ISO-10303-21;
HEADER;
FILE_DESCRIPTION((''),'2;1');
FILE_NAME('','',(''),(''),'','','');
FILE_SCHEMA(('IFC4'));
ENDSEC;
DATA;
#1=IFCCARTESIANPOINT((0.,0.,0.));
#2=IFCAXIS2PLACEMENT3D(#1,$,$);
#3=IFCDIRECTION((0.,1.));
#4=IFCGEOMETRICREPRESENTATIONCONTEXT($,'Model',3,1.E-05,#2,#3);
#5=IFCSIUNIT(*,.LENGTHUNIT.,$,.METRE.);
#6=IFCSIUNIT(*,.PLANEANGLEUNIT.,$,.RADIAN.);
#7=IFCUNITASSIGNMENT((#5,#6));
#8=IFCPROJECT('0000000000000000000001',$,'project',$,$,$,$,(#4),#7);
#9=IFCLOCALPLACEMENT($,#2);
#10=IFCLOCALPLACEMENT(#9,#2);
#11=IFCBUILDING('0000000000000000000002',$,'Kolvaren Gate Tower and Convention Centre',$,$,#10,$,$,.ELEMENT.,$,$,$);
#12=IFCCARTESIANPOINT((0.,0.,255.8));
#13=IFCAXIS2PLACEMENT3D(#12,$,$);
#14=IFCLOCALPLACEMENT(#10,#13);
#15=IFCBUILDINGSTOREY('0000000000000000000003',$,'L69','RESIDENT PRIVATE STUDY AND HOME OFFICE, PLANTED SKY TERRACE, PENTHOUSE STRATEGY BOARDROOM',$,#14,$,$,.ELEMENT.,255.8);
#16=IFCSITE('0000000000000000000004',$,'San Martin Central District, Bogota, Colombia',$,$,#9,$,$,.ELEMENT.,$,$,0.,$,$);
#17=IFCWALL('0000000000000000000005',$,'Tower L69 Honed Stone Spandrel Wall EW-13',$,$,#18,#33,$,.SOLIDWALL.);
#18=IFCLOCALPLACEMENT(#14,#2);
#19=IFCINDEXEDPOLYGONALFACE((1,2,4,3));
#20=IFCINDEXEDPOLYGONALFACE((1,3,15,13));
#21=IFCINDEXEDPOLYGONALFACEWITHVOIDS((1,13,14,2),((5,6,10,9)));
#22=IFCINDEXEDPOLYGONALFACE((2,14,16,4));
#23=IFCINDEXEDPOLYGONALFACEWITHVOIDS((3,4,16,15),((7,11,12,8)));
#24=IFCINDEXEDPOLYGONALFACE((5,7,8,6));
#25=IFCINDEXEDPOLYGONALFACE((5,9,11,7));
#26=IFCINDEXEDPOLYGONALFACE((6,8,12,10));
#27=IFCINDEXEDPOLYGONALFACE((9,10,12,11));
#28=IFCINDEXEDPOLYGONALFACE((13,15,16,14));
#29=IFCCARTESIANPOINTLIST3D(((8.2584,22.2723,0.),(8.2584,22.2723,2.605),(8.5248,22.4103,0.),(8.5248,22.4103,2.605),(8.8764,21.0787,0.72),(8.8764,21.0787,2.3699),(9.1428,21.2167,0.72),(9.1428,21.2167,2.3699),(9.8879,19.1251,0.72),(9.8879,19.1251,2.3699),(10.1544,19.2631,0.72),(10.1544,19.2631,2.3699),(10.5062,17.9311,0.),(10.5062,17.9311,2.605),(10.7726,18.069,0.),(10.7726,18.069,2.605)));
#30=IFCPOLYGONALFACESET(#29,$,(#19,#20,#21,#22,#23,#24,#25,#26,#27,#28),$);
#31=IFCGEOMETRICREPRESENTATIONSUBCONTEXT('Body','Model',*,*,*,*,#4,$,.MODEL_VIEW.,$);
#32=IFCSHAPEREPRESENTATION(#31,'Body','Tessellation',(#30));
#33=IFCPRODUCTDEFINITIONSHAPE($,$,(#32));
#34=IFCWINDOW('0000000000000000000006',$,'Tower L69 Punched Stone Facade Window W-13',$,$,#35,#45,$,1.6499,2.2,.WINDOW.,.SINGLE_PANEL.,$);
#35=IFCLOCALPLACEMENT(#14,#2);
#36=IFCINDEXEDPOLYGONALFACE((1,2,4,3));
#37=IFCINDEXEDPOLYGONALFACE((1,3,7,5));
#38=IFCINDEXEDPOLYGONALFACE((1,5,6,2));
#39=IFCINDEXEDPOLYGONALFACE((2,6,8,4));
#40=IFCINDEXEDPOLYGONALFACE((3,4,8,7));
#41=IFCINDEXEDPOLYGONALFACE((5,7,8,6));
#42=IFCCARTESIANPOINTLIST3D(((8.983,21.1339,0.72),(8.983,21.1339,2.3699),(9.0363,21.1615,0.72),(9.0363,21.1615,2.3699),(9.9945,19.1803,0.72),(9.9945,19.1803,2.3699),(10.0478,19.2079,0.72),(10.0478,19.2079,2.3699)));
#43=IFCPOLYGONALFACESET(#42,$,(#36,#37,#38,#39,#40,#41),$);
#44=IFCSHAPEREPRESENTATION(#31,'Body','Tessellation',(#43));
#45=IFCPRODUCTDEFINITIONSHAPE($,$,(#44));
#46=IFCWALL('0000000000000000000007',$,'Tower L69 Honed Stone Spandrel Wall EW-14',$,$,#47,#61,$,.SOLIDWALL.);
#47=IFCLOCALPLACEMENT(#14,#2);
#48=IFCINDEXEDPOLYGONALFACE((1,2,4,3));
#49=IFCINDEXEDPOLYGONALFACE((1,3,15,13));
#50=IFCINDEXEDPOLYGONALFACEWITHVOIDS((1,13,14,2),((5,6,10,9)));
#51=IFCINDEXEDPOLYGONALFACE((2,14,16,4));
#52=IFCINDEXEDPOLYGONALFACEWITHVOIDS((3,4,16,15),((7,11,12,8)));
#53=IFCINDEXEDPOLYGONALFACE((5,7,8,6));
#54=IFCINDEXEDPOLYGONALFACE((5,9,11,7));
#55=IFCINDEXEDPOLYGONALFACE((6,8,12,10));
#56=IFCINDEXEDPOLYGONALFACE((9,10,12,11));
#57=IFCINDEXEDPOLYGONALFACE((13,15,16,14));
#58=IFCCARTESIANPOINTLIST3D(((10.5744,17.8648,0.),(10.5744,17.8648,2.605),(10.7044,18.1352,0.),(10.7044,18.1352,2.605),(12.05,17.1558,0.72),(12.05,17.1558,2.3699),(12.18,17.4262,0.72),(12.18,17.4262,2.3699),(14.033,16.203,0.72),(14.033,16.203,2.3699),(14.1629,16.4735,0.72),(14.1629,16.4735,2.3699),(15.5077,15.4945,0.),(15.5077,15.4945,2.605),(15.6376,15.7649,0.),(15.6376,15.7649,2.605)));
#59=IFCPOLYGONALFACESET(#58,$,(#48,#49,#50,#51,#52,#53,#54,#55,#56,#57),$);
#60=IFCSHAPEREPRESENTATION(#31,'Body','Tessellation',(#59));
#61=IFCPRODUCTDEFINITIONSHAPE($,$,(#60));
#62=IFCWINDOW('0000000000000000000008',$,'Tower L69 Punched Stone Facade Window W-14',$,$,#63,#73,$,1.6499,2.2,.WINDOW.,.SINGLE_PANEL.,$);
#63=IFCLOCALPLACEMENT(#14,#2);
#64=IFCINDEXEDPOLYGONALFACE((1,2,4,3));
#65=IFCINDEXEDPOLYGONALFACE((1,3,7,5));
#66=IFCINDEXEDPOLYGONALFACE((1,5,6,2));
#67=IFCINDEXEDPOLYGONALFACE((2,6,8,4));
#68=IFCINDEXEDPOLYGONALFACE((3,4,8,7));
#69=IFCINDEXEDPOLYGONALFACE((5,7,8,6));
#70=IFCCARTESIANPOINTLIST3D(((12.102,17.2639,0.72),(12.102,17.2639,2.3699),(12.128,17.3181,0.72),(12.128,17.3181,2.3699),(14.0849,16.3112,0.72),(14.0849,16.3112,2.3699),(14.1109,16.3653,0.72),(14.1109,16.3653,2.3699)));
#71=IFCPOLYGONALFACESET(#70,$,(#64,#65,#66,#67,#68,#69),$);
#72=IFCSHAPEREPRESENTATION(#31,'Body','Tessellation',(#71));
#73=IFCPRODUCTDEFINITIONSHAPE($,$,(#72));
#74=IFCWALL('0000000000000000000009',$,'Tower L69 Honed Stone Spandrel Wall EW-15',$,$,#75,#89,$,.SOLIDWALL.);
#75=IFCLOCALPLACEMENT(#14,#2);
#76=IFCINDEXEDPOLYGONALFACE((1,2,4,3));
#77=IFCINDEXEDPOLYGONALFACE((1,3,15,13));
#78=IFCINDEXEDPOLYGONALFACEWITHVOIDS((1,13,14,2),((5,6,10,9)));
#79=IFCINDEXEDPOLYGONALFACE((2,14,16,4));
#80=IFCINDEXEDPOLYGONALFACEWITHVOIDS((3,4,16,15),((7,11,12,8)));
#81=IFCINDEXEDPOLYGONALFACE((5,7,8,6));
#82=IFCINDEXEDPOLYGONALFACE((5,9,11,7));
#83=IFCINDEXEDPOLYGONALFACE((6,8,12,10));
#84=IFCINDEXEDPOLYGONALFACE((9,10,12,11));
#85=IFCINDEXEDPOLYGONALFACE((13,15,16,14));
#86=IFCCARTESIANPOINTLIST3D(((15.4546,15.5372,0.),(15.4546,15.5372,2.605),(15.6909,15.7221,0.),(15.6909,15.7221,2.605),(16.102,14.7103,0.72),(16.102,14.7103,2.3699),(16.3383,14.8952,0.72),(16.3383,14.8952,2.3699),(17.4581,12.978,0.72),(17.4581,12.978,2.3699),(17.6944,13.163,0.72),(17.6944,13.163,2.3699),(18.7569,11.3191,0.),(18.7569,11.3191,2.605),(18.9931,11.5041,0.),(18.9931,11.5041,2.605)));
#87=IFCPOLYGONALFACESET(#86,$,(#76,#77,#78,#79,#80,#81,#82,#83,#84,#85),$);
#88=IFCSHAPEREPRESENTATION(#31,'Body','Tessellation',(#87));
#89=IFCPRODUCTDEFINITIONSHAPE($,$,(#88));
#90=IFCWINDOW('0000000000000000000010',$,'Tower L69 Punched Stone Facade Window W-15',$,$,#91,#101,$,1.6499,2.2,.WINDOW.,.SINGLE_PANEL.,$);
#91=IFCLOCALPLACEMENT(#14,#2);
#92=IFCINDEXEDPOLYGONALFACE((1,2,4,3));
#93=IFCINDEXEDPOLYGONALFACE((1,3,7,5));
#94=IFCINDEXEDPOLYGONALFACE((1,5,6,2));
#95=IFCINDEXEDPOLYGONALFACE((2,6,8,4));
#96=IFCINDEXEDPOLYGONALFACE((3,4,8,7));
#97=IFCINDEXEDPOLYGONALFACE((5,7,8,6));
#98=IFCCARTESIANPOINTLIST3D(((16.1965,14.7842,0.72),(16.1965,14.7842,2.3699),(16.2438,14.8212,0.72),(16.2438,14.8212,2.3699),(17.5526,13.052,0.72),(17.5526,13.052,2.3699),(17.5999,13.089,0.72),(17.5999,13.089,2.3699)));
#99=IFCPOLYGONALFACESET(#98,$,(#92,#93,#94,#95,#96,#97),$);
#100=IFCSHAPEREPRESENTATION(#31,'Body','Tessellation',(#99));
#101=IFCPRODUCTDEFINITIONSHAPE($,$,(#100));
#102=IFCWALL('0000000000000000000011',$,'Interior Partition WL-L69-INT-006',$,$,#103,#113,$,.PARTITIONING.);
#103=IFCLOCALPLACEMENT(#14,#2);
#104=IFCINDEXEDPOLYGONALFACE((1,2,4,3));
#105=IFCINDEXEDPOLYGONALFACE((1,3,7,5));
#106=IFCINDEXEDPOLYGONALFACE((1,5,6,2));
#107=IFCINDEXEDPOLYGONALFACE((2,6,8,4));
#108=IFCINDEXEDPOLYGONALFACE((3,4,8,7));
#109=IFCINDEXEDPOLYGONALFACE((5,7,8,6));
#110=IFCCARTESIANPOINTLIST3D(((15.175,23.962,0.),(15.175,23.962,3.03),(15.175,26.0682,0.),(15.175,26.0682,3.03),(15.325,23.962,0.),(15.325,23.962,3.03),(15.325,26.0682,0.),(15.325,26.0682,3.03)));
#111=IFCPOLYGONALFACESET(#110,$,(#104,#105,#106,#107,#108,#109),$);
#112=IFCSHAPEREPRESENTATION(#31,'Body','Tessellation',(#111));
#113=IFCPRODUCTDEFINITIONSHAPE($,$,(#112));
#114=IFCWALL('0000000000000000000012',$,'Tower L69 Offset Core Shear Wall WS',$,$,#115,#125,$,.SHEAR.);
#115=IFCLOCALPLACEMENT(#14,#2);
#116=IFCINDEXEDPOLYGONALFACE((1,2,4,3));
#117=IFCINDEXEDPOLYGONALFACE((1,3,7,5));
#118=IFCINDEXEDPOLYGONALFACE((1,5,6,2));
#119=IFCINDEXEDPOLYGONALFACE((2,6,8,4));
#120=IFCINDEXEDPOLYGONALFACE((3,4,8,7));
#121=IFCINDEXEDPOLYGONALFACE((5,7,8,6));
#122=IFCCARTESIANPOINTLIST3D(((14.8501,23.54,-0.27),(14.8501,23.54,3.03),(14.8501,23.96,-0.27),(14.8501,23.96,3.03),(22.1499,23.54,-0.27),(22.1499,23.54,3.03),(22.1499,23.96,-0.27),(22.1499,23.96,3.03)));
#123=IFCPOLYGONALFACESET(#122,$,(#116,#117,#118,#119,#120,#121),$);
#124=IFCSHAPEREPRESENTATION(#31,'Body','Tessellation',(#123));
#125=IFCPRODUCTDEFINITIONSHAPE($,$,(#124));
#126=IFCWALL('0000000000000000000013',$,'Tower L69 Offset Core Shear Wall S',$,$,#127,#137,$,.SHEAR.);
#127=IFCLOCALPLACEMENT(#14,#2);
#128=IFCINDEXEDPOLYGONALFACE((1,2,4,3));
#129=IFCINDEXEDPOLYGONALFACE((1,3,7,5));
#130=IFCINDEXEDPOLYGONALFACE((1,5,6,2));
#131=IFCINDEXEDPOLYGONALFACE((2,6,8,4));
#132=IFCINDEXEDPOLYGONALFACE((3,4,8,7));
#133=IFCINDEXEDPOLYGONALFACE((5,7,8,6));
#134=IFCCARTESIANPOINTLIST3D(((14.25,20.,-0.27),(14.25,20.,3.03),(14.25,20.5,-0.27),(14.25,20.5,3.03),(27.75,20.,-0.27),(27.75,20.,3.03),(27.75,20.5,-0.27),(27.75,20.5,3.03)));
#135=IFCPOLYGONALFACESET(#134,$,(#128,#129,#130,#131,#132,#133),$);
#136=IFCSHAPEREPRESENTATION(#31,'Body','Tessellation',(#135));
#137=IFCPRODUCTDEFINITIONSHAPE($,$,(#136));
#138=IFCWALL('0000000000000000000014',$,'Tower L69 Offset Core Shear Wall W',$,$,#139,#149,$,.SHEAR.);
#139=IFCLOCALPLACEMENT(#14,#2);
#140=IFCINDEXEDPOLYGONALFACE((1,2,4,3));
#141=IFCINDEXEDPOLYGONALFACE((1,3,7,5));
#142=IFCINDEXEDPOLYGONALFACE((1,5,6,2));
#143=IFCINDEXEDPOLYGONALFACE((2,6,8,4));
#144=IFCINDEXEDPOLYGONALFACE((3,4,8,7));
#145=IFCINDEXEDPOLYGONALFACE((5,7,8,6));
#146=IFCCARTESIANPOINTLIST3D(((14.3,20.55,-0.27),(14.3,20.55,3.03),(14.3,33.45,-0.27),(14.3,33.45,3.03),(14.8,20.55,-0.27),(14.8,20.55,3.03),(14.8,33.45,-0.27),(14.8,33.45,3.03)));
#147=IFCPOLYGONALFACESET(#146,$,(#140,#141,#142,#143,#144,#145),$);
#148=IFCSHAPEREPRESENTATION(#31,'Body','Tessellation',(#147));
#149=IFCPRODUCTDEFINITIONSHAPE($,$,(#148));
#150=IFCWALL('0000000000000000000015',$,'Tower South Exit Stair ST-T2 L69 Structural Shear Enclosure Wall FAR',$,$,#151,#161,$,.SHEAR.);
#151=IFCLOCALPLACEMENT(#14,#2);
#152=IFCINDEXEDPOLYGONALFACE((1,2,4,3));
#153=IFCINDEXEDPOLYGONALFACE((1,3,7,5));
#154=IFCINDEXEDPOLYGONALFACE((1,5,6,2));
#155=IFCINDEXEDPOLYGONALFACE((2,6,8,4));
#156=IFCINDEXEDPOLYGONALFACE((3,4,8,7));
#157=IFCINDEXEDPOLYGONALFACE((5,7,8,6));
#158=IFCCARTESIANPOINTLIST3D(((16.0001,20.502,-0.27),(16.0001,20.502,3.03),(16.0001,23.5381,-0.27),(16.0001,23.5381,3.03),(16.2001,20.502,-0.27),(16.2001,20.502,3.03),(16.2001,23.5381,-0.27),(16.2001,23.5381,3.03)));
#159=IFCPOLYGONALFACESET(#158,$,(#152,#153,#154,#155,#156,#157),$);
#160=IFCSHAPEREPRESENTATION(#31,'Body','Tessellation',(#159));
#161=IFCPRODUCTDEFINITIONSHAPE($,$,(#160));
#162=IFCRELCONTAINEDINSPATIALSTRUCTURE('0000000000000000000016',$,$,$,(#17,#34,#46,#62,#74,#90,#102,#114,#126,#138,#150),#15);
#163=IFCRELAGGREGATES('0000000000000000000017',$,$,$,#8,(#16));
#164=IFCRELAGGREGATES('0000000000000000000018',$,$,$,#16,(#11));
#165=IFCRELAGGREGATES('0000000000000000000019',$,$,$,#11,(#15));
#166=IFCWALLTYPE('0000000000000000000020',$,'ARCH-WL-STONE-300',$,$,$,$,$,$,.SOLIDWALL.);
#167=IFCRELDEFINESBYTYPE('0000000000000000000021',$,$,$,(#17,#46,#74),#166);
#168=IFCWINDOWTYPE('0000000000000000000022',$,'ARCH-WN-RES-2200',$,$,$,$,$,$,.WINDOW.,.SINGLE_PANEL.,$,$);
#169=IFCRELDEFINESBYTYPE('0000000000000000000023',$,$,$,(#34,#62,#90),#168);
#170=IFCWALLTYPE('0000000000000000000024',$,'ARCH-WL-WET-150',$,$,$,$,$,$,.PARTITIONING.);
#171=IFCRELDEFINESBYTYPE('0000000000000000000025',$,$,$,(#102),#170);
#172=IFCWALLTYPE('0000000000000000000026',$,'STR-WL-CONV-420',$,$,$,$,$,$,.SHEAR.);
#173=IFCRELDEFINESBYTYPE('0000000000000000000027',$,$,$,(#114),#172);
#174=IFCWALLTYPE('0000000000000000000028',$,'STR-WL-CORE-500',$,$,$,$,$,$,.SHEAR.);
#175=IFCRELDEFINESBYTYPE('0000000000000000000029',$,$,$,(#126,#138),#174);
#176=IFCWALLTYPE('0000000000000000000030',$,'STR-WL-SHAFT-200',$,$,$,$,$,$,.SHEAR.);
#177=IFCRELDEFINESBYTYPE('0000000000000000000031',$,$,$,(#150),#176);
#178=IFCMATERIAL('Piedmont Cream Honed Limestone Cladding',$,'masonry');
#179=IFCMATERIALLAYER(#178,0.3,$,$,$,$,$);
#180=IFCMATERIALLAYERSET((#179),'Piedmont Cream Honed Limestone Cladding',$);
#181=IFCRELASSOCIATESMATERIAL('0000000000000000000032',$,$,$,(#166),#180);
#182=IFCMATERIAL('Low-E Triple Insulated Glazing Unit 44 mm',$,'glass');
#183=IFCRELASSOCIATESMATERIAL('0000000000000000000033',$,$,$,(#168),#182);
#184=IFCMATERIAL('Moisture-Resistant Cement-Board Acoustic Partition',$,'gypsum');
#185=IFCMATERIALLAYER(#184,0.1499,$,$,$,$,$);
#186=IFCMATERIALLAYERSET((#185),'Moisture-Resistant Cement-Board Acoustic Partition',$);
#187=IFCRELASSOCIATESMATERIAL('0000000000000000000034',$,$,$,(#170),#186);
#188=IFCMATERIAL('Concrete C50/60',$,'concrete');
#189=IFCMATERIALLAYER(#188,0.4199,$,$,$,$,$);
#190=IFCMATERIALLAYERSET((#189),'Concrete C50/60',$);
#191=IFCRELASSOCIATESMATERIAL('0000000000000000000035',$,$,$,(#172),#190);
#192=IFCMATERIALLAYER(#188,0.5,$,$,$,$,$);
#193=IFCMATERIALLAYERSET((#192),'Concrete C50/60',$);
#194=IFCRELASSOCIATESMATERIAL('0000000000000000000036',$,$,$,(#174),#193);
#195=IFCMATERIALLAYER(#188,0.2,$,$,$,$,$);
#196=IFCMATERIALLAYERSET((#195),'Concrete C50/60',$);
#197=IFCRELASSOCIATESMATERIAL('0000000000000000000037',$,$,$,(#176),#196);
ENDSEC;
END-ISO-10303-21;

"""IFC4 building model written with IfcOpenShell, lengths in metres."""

from ifc_helpers import new_model, si_unit, direction, frame, frame_2d, origin, place, context, subcontext, project, spatial, rectangle, extrude, material, layer, layer_set, type_object, element, fill, save


model = new_model("IFC4")

# Units and contexts
model_context = context("Model", 3, precision=1e-05, world=origin(), true_north=direction((0.0, 1.0)))
body_context = subcontext(model_context, "Body", "Model", "MODEL_VIEW")
ifc_project = project(units=[si_unit("LENGTHUNIT", "METRE"), si_unit("PLANEANGLEUNIT", "RADIAN")], contexts=[model_context])

# Site, building, storey
site_placement = place(None, origin())
site = spatial("IfcSite", under=ifc_project, at=site_placement, Name="San Martin Central District, Bogota, Colombia", CompositionType="ELEMENT", RefElevation=0.0)
building_placement = place(site_placement, origin())
building = spatial("IfcBuilding", under=site, at=building_placement, Name="Kolvaren Gate Tower and Convention Centre", CompositionType="ELEMENT")
storey_placement = place(building_placement, frame((0.0, 0.0, 255.8)))
storey = spatial("IfcBuildingStorey", under=building, at=storey_placement, Name="L69", Description="RESIDENT PRIVATE STUDY AND HOME OFFICE, PLANTED SKY TERRACE, PENTHOUSE STRATEGY BOARDROOM", CompositionType="ELEMENT", Elevation=255.8)

# Walls, openings, windows
ifc_material_1 = material(Name="Piedmont Cream Honed Limestone Cladding", Category="masonry")
ifc_layer_1 = layer(ifc_material_1, 0.3)
ifc_layer_set_1 = layer_set([ifc_layer_1], Name="Piedmont Cream Honed Limestone Cladding")
wall_type_1 = type_object("IfcWallType", Name="ARCH-WL-STONE-300", PredefinedType="SOLIDWALL", material=ifc_layer_set_1)
wall_1_placement = place(storey_placement, frame((8.3916, 22.3413, 0.0), z_axis=(0.0, 0.0, 1.0), x_axis=(0.459794, -0.888026, 0.0)))
wall_1 = element("IfcWall", 1, at=wall_1_placement, inside=storey, type_object=wall_type_1, Name="Tower L69 Honed Stone Spandrel Wall EW-13", PredefinedType="SOLIDWALL", context=body_context, shape_type="SweptSolid", body=[
    extrude(rectangle(XDim=4.8887, YDim=0.3, at=frame_2d((2.4443, 0.0))), origin(), (0.0, 0.0, 1.0), 2.605),
])
opening_1_placement = place(wall_1_placement, frame((1.344, 0.0, 0.72)))
opening_1 = element("IfcOpeningElement", 2, at=opening_1_placement, cuts=wall_1, PredefinedType="OPENING", context=body_context, shape_type="SweptSolid", body=[
    extrude(rectangle(XDim=2.2, YDim=1.6499, at=frame_2d((1.1001, 0.825))), frame((0.0, 0.1599, 0.0), z_axis=(0.0, -1.0, 0.0), x_axis=(1.0, 0.0, 0.0)), (0.0, 0.0, 1.0), 0.3201),
])
ifc_material_2 = material(Name="Low-E Triple Insulated Glazing Unit 44 mm", Category="glass")
window_type = type_object("IfcWindowType", Name="ARCH-WN-RES-2200", PartitioningType="SINGLE_PANEL", PredefinedType="WINDOW", material=ifc_material_2)
window_1_placement = place(opening_1_placement, origin())
window_1 = element("IfcWindow", 3, at=window_1_placement, inside=storey, type_object=window_type, Name="Tower L69 Punched Stone Facade Window W-13", OverallHeight=1.6499, OverallWidth=2.2, PartitioningType="SINGLE_PANEL", PredefinedType="WINDOW", context=body_context, shape_type="SweptSolid", body=[
    extrude(rectangle(XDim=2.2, YDim=1.6499, at=frame_2d((1.1001, 0.825))), frame((0.0, 0.03, 0.0), z_axis=(0.0, -1.0, 0.0), x_axis=(1.0, 0.0, 0.0)), (0.0, 0.0, 1.0), 0.0601),
])
fill(opening_1, window_1)
wall_2_placement = place(storey_placement, frame((10.6394, 18.0, 0.0), z_axis=(0.0, 0.0, 1.0), x_axis=(0.901355, -0.433081, 0.0)))
wall_2 = element("IfcWall", 4, at=wall_2_placement, inside=storey, type_object=wall_type_1, Name="Tower L69 Honed Stone Spandrel Wall EW-14", PredefinedType="SOLIDWALL", context=body_context, shape_type="SweptSolid", body=[
    extrude(rectangle(XDim=5.4731, YDim=0.3, at=frame_2d((2.7366, 0.0))), origin(), (0.0, 0.0, 1.0), 2.605),
])
opening_2_placement = place(wall_2_placement, frame((1.637, 0.0, 0.72)))
opening_2 = element("IfcOpeningElement", 5, at=opening_2_placement, cuts=wall_2, PredefinedType="OPENING", context=body_context, shape_type="SweptSolid", body=[
    extrude(rectangle(XDim=2.2, YDim=1.6499, at=frame_2d((1.1001, 0.825))), frame((0.0, 0.1599, 0.0), z_axis=(0.0, -1.0, 0.0), x_axis=(1.0, 0.0, 0.0)), (0.0, 0.0, 1.0), 0.3201),
])
window_2_placement = place(opening_2_placement, origin())
window_2 = element("IfcWindow", 6, at=window_2_placement, inside=storey, type_object=window_type, Name="Tower L69 Punched Stone Facade Window W-14", OverallHeight=1.6499, OverallWidth=2.2, PartitioningType="SINGLE_PANEL", PredefinedType="WINDOW", context=body_context, shape_type="SweptSolid", body=[
    extrude(rectangle(XDim=2.2, YDim=1.6499, at=frame_2d((1.1001, 0.825))), frame((0.0, 0.03, 0.0), z_axis=(0.0, -1.0, 0.0), x_axis=(1.0, 0.0, 0.0)), (0.0, 0.0, 1.0), 0.0601),
])
fill(opening_2, window_2)
wall_3_placement = place(storey_placement, frame((15.5728, 15.6296, 0.0), z_axis=(0.0, 0.0, 1.0), x_axis=(0.616446, -0.787397, 0.0)))
wall_3 = element("IfcWall", 7, at=wall_3_placement, inside=storey, type_object=wall_type_1, Name="Tower L69 Honed Stone Spandrel Wall EW-15", PredefinedType="SOLIDWALL", context=body_context, shape_type="SweptSolid", body=[
    extrude(rectangle(XDim=5.3569, YDim=0.3, at=frame_2d((2.6785, 0.0))), origin(), (0.0, 0.0, 1.0), 2.605),
])
opening_3_placement = place(wall_3_placement, frame((1.05, 0.0, 0.72)))
opening_3 = element("IfcOpeningElement", 8, at=opening_3_placement, cuts=wall_3, PredefinedType="OPENING", context=body_context, shape_type="SweptSolid", body=[
    extrude(rectangle(XDim=2.2, YDim=1.6499, at=frame_2d((1.1001, 0.825))), frame((0.0, 0.1599, 0.0), z_axis=(0.0, -1.0, 0.0), x_axis=(1.0, 0.0, 0.0)), (0.0, 0.0, 1.0), 0.3201),
])
window_3_placement = place(opening_3_placement, origin())
window_3 = element("IfcWindow", 9, at=window_3_placement, inside=storey, type_object=window_type, Name="Tower L69 Punched Stone Facade Window W-15", OverallHeight=1.6499, OverallWidth=2.2, PartitioningType="SINGLE_PANEL", PredefinedType="WINDOW", context=body_context, shape_type="SweptSolid", body=[
    extrude(rectangle(XDim=2.2, YDim=1.6499, at=frame_2d((1.1001, 0.825))), frame((0.0, 0.03, 0.0), z_axis=(0.0, -1.0, 0.0), x_axis=(1.0, 0.0, 0.0)), (0.0, 0.0, 1.0), 0.0601),
])
fill(opening_3, window_3)

# Walls
ifc_material_3 = material(Name="Moisture-Resistant Cement-Board Acoustic Partition", Category="gypsum")
ifc_layer_2 = layer(ifc_material_3, 0.1499)
ifc_layer_set_2 = layer_set([ifc_layer_2], Name="Moisture-Resistant Cement-Board Acoustic Partition")
wall_type_2 = type_object("IfcWallType", Name="ARCH-WL-WET-150", PredefinedType="PARTITIONING", material=ifc_layer_set_2)
wall_4_placement = place(storey_placement, frame((15.25, 23.9619, 0.0), z_axis=(0.0, 0.0, 1.0), x_axis=(0.0, 1.0, 0.0)))
element("IfcWall", 10, at=wall_4_placement, inside=storey, type_object=wall_type_2, Name="Interior Partition WL-L69-INT-006", PredefinedType="PARTITIONING", context=body_context, shape_type="SweptSolid", body=[
    extrude(rectangle(XDim=2.1062, YDim=0.1499, at=frame_2d((1.0532, 0.0))), origin(), (0.0, 0.0, 1.0), 3.03),
])
ifc_material_4 = material(Name="Concrete C50/60", Category="concrete")
ifc_layer_3 = layer(ifc_material_4, 0.4199)
ifc_layer_set_3 = layer_set([ifc_layer_3], Name="Concrete C50/60")
wall_type_3 = type_object("IfcWallType", Name="STR-WL-CONV-420", PredefinedType="SHEAR", material=ifc_layer_set_3)
wall_5_placement = place(storey_placement, frame((14.8501, 23.75, -0.27), z_axis=(0.0, 0.0, 1.0), x_axis=(1.0, 0.0, 0.0)))
element("IfcWall", 11, at=wall_5_placement, inside=storey, type_object=wall_type_3, Name="Tower L69 Offset Core Shear Wall WS", PredefinedType="SHEAR", context=body_context, shape_type="SweptSolid", body=[
    extrude(rectangle(XDim=7.2998, YDim=0.4199, at=frame_2d((3.6499, 0.0))), origin(), (0.0, 0.0, 1.0), 3.3),
])
ifc_layer_4 = layer(ifc_material_4, 0.5)
ifc_layer_set_4 = layer_set([ifc_layer_4], Name="Concrete C50/60")
wall_type_4 = type_object("IfcWallType", Name="STR-WL-CORE-500", PredefinedType="SHEAR", material=ifc_layer_set_4)
wall_6_placement = place(storey_placement, frame((14.25, 20.25, -0.27), z_axis=(0.0, 0.0, 1.0), x_axis=(1.0, 0.0, 0.0)))
element("IfcWall", 12, at=wall_6_placement, inside=storey, type_object=wall_type_4, Name="Tower L69 Offset Core Shear Wall S", PredefinedType="SHEAR", context=body_context, shape_type="SweptSolid", body=[
    extrude(rectangle(XDim=13.5, YDim=0.5, at=frame_2d((6.75, 0.0))), origin(), (0.0, 0.0, 1.0), 3.3),
])
wall_7_placement = place(storey_placement, frame((14.55, 20.55, -0.27), z_axis=(0.0, 0.0, 1.0), x_axis=(0.0, 1.0, 0.0)))
element("IfcWall", 13, at=wall_7_placement, inside=storey, type_object=wall_type_4, Name="Tower L69 Offset Core Shear Wall W", PredefinedType="SHEAR", context=body_context, shape_type="SweptSolid", body=[
    extrude(rectangle(XDim=12.8999, YDim=0.5, at=frame_2d((6.45, 0.0))), origin(), (0.0, 0.0, 1.0), 3.3),
])
ifc_layer_5 = layer(ifc_material_4, 0.2)
ifc_layer_set_5 = layer_set([ifc_layer_5], Name="Concrete C50/60")
wall_type_5 = type_object("IfcWallType", Name="STR-WL-SHAFT-200", PredefinedType="SHEAR", material=ifc_layer_set_5)
wall_8_placement = place(storey_placement, frame((16.1001, 20.502, -0.27), z_axis=(0.0, 0.0, 1.0), x_axis=(0.0, 1.0, 0.0)))
element("IfcWall", 14, at=wall_8_placement, inside=storey, type_object=wall_type_5, Name="Tower South Exit Stair ST-T2 L69 Structural Shear Enclosure Wall FAR", PredefinedType="SHEAR", context=body_context, shape_type="SweptSolid", body=[
    extrude(rectangle(XDim=3.0361, YDim=0.2, at=frame_2d((1.5181, 0.0))), origin(), (0.0, 0.0, 1.0), 3.3),
])

save(model, "model.ifc")
